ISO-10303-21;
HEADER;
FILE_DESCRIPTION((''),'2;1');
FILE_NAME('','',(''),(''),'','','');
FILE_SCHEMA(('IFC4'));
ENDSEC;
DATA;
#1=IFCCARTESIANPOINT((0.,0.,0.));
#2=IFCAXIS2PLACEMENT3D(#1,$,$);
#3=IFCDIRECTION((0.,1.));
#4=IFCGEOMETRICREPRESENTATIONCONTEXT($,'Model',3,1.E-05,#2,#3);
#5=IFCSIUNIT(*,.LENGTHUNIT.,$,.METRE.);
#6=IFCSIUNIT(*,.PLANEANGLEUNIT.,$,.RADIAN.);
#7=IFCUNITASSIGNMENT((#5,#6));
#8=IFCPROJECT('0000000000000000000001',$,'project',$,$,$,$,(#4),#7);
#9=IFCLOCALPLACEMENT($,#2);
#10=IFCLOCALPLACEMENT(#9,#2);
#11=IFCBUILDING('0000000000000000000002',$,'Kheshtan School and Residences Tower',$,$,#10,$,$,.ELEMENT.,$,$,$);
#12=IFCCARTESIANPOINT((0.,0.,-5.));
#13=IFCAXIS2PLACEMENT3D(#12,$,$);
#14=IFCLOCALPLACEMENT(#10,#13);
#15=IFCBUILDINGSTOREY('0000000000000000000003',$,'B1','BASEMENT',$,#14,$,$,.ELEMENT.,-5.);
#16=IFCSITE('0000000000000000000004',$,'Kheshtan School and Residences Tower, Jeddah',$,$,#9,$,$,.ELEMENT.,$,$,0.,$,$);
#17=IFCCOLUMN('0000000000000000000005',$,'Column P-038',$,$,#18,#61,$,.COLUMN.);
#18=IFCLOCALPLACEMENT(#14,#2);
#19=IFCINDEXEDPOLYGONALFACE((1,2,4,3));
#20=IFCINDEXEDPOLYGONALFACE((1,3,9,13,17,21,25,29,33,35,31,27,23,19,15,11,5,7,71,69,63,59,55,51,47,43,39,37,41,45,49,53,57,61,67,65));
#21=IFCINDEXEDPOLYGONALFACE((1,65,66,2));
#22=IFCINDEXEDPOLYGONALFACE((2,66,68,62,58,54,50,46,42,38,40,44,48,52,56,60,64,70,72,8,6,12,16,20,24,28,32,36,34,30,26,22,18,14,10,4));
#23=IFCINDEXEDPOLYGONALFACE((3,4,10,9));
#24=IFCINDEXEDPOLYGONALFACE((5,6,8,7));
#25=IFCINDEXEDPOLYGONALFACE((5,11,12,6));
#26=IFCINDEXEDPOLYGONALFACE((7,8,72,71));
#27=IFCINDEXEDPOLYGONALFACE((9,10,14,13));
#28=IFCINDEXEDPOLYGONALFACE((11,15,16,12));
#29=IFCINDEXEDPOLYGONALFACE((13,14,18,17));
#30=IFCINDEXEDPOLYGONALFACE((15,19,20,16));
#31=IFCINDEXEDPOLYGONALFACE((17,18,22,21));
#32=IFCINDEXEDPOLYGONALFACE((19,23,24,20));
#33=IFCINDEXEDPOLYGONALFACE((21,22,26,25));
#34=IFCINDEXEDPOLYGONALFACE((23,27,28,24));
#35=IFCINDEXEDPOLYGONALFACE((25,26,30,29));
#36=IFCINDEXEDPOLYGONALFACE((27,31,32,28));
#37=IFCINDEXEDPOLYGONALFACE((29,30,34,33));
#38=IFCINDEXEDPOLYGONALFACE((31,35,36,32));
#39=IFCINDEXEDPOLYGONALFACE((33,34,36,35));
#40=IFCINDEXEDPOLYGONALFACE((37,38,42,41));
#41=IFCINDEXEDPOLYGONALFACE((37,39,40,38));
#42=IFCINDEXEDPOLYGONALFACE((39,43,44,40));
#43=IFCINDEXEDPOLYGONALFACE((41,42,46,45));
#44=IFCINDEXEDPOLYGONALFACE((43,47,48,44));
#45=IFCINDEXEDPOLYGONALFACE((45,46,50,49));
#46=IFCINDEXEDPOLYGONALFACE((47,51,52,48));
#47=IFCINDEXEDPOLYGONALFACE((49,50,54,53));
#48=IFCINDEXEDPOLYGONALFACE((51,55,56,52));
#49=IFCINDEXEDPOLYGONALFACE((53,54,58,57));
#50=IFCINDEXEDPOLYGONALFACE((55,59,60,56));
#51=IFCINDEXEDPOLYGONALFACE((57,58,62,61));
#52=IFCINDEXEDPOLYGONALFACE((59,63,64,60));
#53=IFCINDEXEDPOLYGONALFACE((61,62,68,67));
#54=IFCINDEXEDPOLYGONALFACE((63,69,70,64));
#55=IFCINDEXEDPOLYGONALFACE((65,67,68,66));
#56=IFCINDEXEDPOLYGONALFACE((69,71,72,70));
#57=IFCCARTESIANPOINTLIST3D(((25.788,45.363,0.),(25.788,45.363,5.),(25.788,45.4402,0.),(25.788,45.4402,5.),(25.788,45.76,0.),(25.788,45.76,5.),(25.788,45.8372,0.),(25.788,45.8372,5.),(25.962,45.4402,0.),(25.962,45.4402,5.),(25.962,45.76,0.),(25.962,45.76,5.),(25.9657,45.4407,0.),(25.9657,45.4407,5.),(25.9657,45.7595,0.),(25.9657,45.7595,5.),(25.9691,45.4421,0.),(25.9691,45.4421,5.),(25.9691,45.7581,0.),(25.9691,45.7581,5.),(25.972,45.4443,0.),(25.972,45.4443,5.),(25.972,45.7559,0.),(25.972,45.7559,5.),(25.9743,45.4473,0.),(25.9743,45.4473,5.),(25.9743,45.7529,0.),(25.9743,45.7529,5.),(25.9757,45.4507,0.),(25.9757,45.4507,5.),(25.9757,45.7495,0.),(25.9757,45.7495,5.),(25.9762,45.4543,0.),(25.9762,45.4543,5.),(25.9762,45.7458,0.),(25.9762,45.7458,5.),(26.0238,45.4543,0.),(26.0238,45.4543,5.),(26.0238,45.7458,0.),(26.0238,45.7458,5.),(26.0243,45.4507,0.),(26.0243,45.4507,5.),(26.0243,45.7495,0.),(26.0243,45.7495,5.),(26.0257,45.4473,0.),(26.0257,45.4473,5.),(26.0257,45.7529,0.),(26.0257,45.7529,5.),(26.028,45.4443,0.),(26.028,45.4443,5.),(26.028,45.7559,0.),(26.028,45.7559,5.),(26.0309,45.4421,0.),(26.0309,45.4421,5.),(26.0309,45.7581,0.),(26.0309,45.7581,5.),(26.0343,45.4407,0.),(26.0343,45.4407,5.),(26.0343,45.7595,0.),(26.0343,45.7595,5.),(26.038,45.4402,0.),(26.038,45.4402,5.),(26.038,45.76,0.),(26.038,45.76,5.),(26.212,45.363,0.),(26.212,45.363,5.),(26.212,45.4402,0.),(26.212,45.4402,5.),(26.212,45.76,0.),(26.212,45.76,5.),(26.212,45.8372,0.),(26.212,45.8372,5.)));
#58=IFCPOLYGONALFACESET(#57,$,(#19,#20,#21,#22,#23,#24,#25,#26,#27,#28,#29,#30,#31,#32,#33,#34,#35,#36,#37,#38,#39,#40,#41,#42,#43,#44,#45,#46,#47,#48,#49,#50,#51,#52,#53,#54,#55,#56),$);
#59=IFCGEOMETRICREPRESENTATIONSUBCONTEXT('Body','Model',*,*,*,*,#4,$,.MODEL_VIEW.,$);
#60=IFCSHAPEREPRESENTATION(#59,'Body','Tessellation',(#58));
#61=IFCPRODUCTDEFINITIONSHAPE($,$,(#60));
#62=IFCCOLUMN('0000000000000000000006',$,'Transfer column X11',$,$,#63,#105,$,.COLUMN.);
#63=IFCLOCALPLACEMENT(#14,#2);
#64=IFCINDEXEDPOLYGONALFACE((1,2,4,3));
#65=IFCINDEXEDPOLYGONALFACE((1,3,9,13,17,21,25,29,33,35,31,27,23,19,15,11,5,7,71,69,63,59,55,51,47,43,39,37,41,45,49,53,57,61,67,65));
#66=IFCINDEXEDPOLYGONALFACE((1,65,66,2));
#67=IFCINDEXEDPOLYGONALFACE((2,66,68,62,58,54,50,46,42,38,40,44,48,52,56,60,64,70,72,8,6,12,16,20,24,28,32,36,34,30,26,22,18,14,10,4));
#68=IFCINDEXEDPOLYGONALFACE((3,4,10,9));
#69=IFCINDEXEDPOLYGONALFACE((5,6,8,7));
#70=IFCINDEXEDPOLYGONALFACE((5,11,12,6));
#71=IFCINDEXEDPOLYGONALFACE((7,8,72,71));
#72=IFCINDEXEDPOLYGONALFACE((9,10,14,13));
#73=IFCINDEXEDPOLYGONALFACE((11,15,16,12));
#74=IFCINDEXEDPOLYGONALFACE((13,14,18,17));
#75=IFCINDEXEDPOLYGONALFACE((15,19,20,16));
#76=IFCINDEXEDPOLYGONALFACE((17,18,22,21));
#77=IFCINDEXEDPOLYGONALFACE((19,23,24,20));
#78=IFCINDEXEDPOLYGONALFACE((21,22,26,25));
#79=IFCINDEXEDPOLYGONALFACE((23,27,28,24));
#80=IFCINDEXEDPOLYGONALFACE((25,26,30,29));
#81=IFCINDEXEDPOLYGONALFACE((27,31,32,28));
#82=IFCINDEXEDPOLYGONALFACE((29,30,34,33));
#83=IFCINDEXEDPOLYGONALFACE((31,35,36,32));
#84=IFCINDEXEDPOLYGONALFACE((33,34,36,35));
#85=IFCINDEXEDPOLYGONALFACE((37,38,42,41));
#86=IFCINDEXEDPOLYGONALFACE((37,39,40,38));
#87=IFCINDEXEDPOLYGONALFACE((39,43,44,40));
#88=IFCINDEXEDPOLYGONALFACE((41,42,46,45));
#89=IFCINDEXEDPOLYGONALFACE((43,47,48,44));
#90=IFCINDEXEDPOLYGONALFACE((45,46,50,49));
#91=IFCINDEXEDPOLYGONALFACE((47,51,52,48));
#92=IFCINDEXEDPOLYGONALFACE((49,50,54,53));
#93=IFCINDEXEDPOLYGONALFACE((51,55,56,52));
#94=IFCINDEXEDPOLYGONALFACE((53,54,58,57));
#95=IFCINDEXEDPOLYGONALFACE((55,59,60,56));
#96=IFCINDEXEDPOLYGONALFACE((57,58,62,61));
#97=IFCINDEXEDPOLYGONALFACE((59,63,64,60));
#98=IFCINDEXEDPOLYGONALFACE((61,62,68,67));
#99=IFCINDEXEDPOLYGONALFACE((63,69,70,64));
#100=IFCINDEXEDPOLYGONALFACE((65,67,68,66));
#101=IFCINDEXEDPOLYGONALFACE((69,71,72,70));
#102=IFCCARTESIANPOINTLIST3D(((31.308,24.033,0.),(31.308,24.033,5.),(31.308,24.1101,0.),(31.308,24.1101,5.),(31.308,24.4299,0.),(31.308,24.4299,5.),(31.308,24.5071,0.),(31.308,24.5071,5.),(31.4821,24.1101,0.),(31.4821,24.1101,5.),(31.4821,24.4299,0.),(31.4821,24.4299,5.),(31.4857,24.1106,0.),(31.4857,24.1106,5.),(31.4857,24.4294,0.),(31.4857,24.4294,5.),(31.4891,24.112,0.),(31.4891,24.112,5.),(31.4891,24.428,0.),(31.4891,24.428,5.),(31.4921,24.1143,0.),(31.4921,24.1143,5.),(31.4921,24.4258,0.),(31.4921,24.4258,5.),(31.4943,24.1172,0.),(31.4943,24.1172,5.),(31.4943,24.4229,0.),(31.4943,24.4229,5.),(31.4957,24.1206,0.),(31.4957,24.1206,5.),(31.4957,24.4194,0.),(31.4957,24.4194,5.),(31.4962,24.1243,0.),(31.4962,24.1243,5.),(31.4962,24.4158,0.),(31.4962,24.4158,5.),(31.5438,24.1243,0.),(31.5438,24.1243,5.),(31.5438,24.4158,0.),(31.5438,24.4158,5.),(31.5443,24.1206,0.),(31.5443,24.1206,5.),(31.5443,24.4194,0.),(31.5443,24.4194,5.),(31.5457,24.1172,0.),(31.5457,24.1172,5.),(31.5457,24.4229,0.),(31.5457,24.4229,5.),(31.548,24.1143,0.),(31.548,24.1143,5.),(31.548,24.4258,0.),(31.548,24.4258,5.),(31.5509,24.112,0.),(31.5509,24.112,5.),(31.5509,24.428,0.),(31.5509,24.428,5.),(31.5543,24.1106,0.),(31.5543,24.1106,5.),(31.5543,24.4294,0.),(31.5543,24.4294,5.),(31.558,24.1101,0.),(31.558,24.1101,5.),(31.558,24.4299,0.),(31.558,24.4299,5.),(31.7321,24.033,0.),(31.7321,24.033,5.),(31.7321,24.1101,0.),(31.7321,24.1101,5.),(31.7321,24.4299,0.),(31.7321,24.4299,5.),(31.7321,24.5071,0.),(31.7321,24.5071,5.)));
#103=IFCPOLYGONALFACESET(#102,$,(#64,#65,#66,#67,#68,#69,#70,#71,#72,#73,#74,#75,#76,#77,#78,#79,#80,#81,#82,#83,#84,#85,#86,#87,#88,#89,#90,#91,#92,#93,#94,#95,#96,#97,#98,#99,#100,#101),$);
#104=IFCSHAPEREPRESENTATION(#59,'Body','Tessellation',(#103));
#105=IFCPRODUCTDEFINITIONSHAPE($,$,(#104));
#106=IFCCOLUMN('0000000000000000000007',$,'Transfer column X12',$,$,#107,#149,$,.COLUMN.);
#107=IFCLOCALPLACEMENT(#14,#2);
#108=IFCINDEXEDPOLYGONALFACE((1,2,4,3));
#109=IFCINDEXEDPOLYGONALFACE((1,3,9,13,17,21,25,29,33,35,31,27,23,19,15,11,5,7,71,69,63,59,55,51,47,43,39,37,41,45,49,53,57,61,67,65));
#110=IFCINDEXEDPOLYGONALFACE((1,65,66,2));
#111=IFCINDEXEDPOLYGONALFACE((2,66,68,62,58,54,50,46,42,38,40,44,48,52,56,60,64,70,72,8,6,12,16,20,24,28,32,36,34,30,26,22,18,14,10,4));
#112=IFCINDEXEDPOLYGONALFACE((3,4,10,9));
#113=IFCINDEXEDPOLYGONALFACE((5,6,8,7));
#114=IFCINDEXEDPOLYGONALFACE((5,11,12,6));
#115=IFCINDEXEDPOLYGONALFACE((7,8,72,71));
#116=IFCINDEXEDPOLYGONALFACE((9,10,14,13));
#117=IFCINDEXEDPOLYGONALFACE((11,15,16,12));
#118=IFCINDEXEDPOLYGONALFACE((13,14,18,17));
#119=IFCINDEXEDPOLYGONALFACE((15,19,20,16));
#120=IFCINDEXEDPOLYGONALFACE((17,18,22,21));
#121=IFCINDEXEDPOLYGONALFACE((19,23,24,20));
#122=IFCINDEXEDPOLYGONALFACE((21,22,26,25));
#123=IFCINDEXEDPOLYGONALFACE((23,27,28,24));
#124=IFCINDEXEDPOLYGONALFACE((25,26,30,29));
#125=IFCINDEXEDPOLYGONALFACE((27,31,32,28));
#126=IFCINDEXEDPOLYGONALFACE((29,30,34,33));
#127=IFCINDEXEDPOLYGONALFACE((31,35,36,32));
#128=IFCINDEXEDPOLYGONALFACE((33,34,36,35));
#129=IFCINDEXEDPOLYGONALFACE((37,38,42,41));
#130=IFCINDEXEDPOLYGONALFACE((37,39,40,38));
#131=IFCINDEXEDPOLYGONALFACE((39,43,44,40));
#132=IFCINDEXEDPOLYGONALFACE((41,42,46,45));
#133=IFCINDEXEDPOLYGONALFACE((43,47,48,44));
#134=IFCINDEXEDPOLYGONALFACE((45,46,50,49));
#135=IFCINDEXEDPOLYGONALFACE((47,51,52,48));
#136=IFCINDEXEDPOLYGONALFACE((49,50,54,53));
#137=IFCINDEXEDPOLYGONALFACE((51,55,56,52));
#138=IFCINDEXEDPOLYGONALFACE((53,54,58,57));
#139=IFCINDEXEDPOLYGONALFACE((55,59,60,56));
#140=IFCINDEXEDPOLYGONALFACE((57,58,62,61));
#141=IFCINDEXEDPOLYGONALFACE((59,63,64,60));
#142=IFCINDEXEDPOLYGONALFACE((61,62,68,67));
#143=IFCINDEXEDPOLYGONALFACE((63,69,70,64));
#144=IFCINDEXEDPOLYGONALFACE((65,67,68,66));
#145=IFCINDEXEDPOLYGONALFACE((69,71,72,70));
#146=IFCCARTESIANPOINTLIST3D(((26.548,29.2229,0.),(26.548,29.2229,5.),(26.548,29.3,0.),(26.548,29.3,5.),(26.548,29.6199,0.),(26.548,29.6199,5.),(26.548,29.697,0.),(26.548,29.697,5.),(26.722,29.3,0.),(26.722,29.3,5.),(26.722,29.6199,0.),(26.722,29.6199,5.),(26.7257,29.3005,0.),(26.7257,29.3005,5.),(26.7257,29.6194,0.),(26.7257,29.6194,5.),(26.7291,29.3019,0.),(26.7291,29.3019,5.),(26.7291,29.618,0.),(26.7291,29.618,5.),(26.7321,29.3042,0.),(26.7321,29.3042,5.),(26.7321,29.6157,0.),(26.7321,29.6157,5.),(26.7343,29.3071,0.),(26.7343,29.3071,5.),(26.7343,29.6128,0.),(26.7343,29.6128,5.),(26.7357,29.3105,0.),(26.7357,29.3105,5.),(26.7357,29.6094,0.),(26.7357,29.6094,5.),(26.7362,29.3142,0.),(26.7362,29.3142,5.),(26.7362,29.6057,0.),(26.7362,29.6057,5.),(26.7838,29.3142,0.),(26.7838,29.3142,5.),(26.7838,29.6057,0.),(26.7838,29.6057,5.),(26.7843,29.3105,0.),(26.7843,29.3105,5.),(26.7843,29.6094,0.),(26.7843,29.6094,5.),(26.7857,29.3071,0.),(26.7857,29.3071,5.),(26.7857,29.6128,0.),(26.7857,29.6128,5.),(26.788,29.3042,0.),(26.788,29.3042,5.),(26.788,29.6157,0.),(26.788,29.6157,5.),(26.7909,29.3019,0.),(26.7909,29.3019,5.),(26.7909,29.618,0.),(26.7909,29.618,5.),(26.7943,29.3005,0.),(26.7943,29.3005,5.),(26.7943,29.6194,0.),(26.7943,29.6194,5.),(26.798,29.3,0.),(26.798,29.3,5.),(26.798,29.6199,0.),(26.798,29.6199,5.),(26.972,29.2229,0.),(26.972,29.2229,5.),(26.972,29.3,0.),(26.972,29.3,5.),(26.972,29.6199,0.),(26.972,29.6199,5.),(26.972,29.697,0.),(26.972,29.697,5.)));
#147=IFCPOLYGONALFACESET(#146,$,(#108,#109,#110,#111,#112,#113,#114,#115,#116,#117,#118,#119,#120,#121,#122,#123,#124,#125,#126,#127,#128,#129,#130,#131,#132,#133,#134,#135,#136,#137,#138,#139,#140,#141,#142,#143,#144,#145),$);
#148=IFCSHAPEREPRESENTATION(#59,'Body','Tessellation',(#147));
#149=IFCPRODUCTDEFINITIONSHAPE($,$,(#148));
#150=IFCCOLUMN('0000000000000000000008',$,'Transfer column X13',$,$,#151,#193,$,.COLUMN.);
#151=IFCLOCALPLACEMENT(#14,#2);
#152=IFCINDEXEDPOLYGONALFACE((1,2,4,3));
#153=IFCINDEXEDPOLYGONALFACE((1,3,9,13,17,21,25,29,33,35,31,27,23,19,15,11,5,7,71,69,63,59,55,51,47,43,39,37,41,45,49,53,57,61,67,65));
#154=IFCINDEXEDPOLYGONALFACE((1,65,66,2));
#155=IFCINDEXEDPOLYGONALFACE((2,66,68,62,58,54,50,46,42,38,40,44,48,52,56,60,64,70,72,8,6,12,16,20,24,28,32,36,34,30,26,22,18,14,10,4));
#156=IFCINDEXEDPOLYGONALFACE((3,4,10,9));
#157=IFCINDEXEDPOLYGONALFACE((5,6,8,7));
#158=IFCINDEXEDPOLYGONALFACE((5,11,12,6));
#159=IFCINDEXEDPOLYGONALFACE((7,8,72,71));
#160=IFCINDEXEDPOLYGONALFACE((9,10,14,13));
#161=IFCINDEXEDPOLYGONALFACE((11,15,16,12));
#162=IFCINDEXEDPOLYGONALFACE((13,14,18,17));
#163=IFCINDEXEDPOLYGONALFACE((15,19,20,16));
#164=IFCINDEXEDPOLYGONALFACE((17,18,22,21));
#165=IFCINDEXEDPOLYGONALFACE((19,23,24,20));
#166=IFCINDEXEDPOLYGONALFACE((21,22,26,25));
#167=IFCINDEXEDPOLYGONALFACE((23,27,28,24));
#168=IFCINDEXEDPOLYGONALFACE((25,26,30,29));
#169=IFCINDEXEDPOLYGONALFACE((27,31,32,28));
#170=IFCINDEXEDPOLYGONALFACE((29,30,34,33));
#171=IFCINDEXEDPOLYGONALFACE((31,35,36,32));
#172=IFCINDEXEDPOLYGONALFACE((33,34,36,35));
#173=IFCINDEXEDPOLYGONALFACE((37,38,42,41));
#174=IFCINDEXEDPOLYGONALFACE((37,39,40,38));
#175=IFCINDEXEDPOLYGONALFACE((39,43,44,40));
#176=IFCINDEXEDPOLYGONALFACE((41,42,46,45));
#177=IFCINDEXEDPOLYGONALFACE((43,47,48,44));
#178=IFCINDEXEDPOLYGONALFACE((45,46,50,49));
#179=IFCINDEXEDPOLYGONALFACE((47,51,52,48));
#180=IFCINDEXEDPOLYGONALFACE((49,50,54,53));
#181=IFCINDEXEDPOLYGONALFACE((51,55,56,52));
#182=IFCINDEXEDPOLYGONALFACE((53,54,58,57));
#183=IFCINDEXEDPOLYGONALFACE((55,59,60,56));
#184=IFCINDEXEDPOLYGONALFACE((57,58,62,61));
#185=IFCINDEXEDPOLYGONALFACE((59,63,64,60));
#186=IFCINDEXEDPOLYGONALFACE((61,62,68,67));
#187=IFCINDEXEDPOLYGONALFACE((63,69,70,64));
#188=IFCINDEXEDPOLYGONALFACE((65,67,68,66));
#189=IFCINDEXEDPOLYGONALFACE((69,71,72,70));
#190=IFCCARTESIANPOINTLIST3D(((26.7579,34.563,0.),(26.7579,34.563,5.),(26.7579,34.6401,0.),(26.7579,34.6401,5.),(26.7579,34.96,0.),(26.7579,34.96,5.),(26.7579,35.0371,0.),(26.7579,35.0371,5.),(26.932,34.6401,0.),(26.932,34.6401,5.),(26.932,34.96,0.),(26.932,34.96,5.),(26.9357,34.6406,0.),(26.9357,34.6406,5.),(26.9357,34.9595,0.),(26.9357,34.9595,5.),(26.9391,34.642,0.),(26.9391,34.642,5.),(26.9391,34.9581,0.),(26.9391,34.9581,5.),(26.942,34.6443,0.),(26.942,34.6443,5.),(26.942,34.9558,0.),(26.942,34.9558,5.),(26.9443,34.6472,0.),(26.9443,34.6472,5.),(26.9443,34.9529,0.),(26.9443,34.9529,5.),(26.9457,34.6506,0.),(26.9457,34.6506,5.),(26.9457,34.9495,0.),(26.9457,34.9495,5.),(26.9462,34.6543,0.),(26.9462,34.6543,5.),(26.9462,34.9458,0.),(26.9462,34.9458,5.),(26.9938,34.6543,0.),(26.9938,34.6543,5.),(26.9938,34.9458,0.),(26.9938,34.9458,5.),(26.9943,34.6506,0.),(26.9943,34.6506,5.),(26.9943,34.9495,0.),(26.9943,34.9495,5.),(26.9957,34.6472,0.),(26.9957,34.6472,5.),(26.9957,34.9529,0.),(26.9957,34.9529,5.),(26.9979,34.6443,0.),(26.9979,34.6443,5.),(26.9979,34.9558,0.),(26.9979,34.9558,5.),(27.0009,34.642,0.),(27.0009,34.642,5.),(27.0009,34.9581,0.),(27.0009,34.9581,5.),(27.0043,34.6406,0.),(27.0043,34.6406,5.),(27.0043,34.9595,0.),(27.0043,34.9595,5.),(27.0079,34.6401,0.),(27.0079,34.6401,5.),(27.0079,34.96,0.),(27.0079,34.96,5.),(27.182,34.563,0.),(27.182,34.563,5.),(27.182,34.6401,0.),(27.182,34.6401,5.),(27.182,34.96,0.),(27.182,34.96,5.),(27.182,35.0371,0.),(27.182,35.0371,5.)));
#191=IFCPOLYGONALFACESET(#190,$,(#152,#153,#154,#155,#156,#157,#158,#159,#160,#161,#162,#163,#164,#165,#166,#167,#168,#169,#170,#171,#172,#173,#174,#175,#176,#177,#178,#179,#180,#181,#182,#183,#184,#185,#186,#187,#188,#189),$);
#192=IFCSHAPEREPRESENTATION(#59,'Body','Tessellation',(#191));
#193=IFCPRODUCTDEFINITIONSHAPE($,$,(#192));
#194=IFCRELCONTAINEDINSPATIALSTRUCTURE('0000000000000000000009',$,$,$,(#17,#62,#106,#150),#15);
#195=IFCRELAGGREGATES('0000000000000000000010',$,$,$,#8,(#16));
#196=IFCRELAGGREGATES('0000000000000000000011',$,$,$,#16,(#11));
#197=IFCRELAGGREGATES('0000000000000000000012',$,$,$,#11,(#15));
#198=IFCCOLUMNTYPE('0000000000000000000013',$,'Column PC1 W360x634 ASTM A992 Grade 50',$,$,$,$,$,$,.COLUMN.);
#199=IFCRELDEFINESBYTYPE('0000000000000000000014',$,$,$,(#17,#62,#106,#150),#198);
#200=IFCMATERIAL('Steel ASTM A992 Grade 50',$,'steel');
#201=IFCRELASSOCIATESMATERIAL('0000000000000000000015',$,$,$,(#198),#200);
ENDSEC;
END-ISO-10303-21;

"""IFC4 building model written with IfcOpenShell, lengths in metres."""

from ifc_helpers import new_model, si_unit, direction, frame, origin, origin_2d, place, context, subcontext, project, spatial, i_section, extrude, material, material_profile, profile_set, type_object, element, save


model = new_model("IFC4")

# Units and contexts
model_context = context("Model", 3, precision=1e-05, world=origin(), true_north=direction((0.0, 1.0)))
body_context = subcontext(model_context, "Body", "Model", "MODEL_VIEW")
ifc_project = project(units=[si_unit("LENGTHUNIT", "METRE"), si_unit("PLANEANGLEUNIT", "RADIAN")], contexts=[model_context])

# Site, building, storey
site_placement = place(None, origin())
site = spatial("IfcSite", under=ifc_project, at=site_placement, Name="Kheshtan School and Residences Tower, Jeddah", CompositionType="ELEMENT", RefElevation=0.0)
building_placement = place(site_placement, origin())
building = spatial("IfcBuilding", under=site, at=building_placement, Name="Kheshtan School and Residences Tower", CompositionType="ELEMENT")
storey_placement = place(building_placement, frame((0.0, 0.0, -5.0)))
storey = spatial("IfcBuildingStorey", under=building, at=storey_placement, Name="B1", Description="BASEMENT", CompositionType="ELEMENT", Elevation=-5.0)

# Columns
ifc_material_1 = material(Name="Steel ASTM A992 Grade 50", Category="steel")
ifc_material_profile_1 = material_profile(ifc_material_1, i_section(OverallWidth=0.4241, OverallDepth=0.4741, WebThickness=0.0476, FlangeThickness=0.0771, FilletRadius=0.0142, at=origin_2d()), Name="W360x634")
ifc_profile_set_1 = profile_set([ifc_material_profile_1], Name="Steel ASTM A992 Grade 50")
column_type = type_object("IfcColumnType", Name="Column PC1 W360x634 ASTM A992 Grade 50", PredefinedType="COLUMN", material=ifc_profile_set_1)
for number, where, z_axis, x_axis, name in (
    (1, (26.0, 45.6001, 0.0), (0.0, 0.0, 1.0), (1.0, 0.0, 0.0), "Column P-038"),
    (2, (31.52, 24.27, 0.0), (0.0, 0.0, 1.0), (1.0, 0.0, 0.0), "Transfer column X11"),
    (3, (26.76, 29.46, 0.0), (0.0, 0.0, 1.0), (1.0, 0.0, 0.0), "Transfer column X12"),
    (4, (26.97, 34.8, 0.0), (0.0, 0.0, 1.0), (1.0, 0.0, 0.0), "Transfer column X13"),
):
    element("IfcColumn", number, at=place(storey_placement, frame(where, z_axis=z_axis, x_axis=x_axis)), inside=storey, type_object=column_type, Name=name, PredefinedType="COLUMN", context=body_context, shape_type="SweptSolid", body=[
        extrude(i_section(OverallWidth=0.4241, OverallDepth=0.4741, WebThickness=0.0476, FlangeThickness=0.0771, FilletRadius=0.0142, at=origin_2d()), origin(), (0.0, 0.0, 1.0), 5.0),
    ])

save(model, "model.ifc")
